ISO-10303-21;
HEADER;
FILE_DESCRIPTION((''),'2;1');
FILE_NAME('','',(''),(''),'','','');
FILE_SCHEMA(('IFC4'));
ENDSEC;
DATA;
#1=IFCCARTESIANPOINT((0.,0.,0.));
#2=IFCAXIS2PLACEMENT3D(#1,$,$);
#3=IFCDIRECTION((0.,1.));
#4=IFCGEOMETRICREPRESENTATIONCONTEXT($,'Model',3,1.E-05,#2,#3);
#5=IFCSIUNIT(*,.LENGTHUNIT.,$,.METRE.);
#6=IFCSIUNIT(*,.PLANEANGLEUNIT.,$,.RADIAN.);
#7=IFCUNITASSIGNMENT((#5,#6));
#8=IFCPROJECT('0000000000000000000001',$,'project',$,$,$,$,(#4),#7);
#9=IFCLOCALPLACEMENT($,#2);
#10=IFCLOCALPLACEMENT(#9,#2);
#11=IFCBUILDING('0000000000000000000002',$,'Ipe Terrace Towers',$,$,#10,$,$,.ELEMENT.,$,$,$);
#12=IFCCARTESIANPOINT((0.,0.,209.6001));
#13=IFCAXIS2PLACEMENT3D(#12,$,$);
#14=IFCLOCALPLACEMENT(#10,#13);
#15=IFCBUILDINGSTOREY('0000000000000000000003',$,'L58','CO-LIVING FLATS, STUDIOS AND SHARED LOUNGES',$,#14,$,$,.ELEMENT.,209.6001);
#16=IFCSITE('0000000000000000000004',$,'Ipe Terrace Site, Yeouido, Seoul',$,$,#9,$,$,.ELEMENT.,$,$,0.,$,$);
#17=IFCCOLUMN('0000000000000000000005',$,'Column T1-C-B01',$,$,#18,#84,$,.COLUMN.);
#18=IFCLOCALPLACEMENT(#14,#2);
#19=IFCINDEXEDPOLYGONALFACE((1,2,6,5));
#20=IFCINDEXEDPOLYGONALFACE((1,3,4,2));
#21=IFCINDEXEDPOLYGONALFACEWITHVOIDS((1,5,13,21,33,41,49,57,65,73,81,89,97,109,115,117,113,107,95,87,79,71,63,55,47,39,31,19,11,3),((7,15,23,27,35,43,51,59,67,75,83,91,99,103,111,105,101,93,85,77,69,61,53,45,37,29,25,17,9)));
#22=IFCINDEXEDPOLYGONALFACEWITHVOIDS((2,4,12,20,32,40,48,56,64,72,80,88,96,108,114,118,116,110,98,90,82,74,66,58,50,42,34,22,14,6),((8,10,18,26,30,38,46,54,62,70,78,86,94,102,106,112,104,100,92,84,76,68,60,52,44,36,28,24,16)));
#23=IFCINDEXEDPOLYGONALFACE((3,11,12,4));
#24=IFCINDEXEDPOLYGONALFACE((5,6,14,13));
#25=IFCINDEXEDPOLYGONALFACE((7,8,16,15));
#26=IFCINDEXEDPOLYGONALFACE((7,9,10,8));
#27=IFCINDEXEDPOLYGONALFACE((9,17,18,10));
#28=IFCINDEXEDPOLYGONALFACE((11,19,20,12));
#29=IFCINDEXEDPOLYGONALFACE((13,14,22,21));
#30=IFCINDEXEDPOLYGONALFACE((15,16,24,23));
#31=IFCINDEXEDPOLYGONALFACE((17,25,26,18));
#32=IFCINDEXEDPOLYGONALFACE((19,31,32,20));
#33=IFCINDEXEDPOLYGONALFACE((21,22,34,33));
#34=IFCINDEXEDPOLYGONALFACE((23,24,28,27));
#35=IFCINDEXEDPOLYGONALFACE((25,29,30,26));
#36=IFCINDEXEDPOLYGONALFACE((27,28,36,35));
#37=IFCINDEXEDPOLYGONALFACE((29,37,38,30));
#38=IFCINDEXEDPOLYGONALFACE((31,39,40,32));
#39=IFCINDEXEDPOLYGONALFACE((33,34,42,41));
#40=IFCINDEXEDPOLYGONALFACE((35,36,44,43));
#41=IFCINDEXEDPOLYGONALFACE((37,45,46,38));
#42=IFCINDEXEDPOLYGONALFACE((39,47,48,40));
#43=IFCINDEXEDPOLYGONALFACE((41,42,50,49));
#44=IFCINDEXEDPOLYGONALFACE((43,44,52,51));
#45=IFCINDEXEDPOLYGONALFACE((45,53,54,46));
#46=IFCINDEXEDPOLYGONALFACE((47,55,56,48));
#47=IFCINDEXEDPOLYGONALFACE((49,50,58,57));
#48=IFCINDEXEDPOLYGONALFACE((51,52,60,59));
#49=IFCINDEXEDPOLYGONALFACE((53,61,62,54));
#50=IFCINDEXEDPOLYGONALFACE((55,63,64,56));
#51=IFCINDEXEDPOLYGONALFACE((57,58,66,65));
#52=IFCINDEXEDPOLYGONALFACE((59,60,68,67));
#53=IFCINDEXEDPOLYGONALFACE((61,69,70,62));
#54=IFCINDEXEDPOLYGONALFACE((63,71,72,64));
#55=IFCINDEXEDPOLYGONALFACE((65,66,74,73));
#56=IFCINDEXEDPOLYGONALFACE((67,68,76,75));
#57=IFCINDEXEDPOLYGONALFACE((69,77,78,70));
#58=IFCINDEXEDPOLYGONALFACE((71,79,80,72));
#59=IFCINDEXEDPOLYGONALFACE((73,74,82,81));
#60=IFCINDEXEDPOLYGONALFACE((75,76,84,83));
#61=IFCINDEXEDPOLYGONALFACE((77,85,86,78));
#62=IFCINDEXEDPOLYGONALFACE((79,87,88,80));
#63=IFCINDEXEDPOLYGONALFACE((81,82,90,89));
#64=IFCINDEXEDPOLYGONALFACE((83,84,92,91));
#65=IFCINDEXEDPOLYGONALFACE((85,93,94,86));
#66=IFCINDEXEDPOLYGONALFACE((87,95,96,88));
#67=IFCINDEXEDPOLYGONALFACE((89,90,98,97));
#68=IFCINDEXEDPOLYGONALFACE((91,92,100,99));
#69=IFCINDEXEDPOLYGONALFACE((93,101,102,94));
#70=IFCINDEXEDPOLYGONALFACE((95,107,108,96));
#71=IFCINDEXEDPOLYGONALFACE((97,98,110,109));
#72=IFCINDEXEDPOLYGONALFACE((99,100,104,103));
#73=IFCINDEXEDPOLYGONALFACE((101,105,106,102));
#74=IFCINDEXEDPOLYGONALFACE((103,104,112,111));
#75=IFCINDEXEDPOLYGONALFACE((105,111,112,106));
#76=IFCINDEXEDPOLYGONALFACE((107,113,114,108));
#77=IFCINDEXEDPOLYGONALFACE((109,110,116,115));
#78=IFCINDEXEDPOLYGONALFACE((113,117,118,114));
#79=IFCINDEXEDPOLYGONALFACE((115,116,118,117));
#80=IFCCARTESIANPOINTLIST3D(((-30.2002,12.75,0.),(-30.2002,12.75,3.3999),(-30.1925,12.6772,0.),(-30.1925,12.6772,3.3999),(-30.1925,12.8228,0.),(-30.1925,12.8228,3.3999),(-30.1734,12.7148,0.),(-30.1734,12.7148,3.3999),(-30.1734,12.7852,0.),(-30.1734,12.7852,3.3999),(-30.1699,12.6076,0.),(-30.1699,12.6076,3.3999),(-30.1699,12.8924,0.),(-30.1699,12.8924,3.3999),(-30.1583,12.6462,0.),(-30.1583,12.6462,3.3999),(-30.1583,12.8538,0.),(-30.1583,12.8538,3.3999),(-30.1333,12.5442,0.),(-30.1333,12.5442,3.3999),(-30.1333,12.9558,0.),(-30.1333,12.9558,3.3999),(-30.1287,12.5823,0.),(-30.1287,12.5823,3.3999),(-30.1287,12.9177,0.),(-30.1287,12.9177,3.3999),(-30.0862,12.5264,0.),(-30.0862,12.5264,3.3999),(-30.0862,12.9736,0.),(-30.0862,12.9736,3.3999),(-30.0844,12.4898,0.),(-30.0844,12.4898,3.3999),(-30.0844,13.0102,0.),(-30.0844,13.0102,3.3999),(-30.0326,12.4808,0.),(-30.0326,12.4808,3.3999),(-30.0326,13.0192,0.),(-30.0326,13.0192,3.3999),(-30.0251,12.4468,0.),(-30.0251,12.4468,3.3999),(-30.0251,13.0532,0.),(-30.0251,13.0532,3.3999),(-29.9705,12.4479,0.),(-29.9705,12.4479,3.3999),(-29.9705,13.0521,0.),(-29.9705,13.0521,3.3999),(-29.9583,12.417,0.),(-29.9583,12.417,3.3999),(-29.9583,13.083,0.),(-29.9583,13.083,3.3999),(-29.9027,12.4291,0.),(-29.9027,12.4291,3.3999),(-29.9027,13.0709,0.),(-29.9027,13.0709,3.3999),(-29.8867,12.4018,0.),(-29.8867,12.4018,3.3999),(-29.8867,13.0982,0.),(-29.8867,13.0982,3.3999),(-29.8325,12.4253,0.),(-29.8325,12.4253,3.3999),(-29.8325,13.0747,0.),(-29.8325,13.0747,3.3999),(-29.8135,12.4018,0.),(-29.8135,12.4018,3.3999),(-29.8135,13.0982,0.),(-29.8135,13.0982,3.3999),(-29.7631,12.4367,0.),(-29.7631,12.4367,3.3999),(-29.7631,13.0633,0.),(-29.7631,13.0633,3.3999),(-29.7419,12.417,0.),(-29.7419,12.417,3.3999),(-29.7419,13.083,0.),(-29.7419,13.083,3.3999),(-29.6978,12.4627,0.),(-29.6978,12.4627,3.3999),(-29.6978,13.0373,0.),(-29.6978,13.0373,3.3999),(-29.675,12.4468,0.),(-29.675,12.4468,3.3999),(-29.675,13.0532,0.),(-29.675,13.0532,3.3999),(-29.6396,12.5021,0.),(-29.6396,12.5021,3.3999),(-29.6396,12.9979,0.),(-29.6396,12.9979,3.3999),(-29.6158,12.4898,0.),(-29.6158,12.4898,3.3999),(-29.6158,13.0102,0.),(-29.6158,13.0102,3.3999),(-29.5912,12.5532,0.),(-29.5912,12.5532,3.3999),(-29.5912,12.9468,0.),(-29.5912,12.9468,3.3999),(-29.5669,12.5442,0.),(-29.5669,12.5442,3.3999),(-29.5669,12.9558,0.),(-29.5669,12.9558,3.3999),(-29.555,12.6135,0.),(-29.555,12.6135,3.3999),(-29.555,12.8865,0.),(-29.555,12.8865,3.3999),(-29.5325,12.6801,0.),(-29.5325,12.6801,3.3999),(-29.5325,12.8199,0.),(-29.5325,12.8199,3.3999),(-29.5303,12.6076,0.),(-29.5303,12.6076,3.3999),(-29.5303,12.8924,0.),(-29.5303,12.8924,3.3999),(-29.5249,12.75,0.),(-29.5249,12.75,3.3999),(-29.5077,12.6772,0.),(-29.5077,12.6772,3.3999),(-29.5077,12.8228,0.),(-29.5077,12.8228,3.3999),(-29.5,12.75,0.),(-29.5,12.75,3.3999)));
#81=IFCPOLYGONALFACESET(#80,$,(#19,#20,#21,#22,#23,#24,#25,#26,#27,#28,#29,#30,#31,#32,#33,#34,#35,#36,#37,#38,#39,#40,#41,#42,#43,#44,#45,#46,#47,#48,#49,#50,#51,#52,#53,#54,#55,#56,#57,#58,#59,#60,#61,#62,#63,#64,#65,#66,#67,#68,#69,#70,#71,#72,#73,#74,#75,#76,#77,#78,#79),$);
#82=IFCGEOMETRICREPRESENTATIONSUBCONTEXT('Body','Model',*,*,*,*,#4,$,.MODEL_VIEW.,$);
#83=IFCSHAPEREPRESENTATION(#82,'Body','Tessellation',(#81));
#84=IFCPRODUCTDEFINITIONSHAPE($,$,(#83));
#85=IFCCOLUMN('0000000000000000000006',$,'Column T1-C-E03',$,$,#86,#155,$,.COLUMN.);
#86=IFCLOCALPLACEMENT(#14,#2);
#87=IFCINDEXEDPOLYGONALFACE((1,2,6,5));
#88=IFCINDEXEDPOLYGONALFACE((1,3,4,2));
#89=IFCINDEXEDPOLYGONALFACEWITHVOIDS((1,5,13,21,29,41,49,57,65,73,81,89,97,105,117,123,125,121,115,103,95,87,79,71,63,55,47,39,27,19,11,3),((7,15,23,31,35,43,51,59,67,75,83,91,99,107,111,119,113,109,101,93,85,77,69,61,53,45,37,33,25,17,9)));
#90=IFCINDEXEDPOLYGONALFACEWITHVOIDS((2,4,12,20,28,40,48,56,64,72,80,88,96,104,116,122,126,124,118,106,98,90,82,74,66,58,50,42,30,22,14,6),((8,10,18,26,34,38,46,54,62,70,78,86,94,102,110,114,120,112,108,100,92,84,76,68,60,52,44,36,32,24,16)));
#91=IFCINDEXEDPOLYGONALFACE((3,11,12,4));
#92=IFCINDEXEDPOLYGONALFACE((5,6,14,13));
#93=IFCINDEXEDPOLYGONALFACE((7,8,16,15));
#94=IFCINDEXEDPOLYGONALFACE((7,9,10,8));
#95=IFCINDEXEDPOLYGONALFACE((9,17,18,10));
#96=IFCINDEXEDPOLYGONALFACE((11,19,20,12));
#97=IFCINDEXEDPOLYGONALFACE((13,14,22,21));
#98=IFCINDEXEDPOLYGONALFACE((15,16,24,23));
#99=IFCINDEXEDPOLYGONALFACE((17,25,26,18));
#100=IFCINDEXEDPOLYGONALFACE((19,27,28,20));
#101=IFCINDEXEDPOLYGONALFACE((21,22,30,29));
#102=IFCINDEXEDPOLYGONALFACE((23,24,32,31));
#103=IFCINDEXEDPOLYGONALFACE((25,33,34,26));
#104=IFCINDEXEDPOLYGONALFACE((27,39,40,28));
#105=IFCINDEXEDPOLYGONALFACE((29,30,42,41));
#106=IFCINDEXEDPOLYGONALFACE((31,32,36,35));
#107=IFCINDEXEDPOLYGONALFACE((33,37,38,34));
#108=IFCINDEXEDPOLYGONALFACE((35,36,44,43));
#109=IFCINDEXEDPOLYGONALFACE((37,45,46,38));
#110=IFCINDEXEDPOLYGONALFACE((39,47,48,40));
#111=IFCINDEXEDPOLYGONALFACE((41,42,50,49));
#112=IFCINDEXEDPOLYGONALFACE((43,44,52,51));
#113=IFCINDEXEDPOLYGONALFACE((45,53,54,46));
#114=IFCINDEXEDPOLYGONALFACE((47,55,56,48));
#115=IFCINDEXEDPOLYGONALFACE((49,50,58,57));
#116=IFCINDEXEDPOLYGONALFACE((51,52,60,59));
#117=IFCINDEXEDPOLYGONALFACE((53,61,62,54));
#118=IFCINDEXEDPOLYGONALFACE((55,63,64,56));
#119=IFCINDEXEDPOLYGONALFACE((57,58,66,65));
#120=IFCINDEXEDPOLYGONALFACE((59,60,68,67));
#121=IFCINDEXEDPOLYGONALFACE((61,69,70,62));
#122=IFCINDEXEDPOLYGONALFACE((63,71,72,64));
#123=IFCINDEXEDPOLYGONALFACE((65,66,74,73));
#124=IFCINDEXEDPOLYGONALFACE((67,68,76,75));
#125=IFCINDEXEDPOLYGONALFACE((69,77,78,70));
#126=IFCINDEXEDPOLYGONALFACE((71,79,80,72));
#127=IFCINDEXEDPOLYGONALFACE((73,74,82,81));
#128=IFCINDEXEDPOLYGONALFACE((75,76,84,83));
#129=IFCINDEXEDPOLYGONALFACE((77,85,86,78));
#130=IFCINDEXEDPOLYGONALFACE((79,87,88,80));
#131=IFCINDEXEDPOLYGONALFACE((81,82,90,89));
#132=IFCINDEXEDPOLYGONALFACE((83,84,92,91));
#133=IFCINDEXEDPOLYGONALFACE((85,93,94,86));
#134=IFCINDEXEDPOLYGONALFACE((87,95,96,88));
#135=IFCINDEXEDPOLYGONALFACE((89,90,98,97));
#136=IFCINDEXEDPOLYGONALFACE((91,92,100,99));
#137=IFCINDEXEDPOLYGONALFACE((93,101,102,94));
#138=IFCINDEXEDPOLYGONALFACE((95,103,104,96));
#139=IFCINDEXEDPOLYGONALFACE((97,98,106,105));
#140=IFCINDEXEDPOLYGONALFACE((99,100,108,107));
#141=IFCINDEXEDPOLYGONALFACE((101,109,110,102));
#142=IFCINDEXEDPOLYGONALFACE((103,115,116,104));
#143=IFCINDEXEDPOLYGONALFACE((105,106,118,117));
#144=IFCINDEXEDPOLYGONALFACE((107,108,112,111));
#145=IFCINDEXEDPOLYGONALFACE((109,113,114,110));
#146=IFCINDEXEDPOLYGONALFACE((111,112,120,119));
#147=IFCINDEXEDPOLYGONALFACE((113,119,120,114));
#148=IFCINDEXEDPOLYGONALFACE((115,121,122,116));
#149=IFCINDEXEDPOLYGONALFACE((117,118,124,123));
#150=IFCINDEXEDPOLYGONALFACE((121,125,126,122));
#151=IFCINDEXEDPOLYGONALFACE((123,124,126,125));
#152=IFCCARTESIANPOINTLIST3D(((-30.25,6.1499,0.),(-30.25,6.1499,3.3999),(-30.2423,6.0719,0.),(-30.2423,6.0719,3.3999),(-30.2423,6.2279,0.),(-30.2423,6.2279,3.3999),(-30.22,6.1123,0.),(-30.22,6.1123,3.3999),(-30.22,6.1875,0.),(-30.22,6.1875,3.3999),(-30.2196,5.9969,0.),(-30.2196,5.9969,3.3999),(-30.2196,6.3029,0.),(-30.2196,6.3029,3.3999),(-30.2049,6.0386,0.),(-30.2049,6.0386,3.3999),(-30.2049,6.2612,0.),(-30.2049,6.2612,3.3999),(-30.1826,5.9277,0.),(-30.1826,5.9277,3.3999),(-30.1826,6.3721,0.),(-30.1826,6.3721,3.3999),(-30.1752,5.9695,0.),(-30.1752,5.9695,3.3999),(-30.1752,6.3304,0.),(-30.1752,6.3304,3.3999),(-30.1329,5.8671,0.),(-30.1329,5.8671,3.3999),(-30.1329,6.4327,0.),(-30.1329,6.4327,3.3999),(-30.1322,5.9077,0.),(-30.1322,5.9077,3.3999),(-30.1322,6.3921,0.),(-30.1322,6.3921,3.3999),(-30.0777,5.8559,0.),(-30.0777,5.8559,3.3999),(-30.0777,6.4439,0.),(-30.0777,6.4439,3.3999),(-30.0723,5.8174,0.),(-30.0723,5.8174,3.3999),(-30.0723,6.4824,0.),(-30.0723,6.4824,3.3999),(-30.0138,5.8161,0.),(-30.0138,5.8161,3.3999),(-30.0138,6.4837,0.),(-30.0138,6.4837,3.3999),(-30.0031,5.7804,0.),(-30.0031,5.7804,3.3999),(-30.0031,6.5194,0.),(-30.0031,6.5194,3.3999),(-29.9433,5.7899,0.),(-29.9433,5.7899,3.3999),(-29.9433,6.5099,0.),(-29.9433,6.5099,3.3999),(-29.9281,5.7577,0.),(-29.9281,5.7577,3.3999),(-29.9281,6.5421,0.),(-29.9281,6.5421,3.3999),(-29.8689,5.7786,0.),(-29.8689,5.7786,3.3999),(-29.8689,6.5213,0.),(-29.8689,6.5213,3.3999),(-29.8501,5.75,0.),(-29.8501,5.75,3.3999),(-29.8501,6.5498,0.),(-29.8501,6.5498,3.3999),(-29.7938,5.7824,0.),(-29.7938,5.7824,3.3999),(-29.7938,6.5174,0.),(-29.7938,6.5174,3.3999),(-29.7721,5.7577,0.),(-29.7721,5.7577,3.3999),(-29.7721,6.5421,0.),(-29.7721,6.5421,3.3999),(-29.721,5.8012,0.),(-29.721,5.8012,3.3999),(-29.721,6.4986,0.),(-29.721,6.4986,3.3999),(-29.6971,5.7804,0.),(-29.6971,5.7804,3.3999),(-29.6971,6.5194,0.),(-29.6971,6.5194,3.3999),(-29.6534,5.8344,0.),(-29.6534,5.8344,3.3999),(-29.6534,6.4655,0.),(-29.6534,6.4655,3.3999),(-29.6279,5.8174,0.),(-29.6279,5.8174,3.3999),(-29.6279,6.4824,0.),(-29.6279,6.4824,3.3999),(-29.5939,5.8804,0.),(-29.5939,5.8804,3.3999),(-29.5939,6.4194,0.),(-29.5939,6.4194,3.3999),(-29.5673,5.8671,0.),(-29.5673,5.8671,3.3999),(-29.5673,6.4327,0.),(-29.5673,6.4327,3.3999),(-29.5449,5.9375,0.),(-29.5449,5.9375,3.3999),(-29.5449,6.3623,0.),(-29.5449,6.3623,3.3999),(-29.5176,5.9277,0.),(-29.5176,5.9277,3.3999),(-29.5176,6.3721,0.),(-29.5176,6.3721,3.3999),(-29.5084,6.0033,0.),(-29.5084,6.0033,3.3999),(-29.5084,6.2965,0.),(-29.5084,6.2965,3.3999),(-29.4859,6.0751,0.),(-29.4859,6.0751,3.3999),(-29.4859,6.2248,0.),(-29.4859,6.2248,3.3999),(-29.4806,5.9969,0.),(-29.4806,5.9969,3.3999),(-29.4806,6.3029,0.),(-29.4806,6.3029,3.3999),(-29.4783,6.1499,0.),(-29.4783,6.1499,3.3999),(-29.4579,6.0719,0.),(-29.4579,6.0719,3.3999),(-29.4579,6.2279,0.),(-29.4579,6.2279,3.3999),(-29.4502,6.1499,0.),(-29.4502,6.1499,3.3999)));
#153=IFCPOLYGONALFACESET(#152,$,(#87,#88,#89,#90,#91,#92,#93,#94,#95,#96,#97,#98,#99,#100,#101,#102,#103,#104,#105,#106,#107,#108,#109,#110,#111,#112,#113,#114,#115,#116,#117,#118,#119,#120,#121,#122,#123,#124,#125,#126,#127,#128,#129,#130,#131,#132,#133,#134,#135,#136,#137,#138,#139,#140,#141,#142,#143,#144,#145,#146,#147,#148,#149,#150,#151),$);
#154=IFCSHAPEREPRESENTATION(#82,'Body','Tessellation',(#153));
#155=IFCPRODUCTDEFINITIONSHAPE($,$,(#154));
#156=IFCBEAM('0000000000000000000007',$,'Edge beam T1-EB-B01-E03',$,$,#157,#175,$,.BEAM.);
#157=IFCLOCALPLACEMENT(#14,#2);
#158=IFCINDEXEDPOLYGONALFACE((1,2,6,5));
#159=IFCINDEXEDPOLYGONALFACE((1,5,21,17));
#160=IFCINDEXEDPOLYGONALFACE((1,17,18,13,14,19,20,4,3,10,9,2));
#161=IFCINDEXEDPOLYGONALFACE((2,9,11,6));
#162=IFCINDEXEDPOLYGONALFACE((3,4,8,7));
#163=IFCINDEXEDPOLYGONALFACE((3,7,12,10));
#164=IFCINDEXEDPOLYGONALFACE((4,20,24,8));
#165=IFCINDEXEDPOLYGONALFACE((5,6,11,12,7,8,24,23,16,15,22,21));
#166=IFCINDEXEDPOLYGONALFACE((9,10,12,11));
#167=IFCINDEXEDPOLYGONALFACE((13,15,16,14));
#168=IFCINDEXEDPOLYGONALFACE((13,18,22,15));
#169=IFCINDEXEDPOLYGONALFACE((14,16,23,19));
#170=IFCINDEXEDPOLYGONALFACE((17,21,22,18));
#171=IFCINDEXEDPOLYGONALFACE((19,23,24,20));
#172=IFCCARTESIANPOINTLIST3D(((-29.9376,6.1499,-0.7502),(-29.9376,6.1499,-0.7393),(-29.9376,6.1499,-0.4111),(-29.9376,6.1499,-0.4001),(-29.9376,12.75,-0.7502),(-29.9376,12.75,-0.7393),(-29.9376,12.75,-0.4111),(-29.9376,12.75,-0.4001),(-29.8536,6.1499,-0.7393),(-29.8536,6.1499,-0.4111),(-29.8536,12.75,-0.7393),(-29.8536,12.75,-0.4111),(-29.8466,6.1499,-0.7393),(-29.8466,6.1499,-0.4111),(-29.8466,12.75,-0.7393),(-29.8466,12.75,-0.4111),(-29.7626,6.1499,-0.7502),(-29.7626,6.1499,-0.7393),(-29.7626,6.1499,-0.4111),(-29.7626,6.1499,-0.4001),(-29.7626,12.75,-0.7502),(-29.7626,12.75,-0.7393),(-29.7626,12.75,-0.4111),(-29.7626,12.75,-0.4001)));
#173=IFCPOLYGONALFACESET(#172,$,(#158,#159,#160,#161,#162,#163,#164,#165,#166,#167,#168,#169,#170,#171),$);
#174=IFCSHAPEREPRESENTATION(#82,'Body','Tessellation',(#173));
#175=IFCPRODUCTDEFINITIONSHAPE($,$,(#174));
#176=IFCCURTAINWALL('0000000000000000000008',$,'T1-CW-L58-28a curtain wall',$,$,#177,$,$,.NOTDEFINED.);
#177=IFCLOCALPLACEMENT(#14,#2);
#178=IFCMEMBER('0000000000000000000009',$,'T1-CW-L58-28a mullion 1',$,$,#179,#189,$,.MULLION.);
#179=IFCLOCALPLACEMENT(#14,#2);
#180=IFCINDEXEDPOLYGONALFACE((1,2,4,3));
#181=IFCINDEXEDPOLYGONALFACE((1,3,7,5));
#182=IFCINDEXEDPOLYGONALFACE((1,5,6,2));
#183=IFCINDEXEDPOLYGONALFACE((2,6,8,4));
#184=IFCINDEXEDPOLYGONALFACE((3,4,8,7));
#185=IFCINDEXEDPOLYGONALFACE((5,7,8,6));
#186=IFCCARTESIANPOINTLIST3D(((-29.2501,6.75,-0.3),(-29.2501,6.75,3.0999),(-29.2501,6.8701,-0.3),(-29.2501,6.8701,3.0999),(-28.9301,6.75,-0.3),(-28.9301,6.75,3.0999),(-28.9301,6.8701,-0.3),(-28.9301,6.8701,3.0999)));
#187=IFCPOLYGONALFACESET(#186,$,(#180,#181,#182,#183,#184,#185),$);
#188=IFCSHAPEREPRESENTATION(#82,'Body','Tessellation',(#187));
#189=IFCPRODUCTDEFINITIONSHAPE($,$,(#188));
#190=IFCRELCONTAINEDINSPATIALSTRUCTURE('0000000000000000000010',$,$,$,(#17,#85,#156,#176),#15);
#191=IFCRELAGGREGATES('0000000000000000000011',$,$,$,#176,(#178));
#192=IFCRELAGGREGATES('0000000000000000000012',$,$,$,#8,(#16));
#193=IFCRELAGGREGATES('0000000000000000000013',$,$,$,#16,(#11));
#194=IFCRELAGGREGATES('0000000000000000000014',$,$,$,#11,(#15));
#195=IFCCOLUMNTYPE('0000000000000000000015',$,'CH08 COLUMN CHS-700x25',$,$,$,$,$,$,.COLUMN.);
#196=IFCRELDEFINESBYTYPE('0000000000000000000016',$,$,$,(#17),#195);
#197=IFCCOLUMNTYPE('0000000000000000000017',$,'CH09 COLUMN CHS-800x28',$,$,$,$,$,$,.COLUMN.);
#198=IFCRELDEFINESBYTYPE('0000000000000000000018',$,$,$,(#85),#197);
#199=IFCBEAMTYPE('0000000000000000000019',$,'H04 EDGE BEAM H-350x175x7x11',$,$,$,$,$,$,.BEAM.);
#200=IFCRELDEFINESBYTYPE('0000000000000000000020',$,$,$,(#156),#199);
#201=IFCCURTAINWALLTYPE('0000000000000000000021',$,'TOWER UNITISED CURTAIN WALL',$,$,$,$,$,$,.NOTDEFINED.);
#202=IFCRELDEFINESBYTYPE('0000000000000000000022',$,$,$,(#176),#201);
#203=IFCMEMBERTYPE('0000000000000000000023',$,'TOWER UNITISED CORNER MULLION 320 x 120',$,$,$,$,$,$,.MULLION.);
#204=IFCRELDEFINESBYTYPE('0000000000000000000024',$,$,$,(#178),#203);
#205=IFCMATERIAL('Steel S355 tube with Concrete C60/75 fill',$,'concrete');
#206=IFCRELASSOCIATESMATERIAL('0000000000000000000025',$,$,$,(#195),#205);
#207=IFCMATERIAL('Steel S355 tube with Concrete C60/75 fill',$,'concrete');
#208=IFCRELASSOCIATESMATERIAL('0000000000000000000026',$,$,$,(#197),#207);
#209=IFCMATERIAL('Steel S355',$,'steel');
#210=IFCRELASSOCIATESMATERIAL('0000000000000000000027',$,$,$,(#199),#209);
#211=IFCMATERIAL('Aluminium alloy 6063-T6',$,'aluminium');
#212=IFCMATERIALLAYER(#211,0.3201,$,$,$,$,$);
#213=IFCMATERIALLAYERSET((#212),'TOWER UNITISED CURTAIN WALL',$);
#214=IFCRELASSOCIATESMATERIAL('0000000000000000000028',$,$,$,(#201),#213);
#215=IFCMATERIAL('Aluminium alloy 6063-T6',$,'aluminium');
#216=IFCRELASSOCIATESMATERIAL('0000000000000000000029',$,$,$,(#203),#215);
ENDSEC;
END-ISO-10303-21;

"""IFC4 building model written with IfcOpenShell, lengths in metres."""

from ifc_helpers import new_model, si_unit, direction, frame, origin, origin_2d, place, context, subcontext, project, spatial, rectangle, hollow_circle, i_section, extrude, material, layer, layer_set, material_profile, profile_set, type_object, element, aggregate, save


model = new_model("IFC4")

# Units and contexts
model_context = context("Model", 3, precision=1e-05, world=origin(), true_north=direction((0.0, 1.0)))
body_context = subcontext(model_context, "Body", "Model", "MODEL_VIEW")
ifc_project = project(units=[si_unit("LENGTHUNIT", "METRE"), si_unit("PLANEANGLEUNIT", "RADIAN")], contexts=[model_context])

# Site, building, storey
site_placement = place(None, origin())
site = spatial("IfcSite", under=ifc_project, at=site_placement, Name="Ipe Terrace Site, Yeouido, Seoul", CompositionType="ELEMENT", RefElevation=0.0)
building_placement = place(site_placement, origin())
building = spatial("IfcBuilding", under=site, at=building_placement, Name="Ipe Terrace Towers", CompositionType="ELEMENT")
storey_placement = place(building_placement, frame((0.0, 0.0, 209.6001)))
storey = spatial("IfcBuildingStorey", under=building, at=storey_placement, Name="L58", Description="CO-LIVING FLATS, STUDIOS AND SHARED LOUNGES", CompositionType="ELEMENT", Elevation=209.6001)

# Columns
ifc_material_1 = material(Name="Steel S355 tube with Concrete C60/75 fill", Category="concrete")
ifc_material_profile_1 = material_profile(ifc_material_1, hollow_circle(Radius=0.3501, WallThickness=0.0249, at=origin_2d()), Name="CHS-700x25")
ifc_profile_set_1 = profile_set([ifc_material_profile_1], Name="Steel S355 tube with Concrete C60/75 fill")
column_type_1 = type_object("IfcColumnType", Name="CH08 COLUMN CHS-700x25", PredefinedType="COLUMN", material=ifc_profile_set_1)
column_1_placement = place(storey_placement, frame((-29.8501, 12.75, 0.0), z_axis=(0.0, 0.0, 1.0), x_axis=(1.0, 0.0, 0.0)))
element("IfcColumn", 1, at=column_1_placement, inside=storey, type_object=column_type_1, Name="Column T1-C-B01", PredefinedType="COLUMN", context=body_context, shape_type="SweptSolid", body=[
    extrude(hollow_circle(Radius=0.3501, WallThickness=0.0249, at=origin_2d()), origin(), (0.0, 0.0, 1.0), 3.3999),
])
ifc_material_2 = material(Name="Steel S355 tube with Concrete C60/75 fill", Category="concrete")
ifc_material_profile_2 = material_profile(ifc_material_2, hollow_circle(Radius=0.3999, WallThickness=0.0281, at=origin_2d()), Name="CHS-800x28")
ifc_profile_set_2 = profile_set([ifc_material_profile_2], Name="Steel S355 tube with Concrete C60/75 fill")
column_type_2 = type_object("IfcColumnType", Name="CH09 COLUMN CHS-800x28", PredefinedType="COLUMN", material=ifc_profile_set_2)
column_2_placement = place(storey_placement, frame((-29.8501, 6.1499, 0.0), z_axis=(0.0, 0.0, 1.0), x_axis=(1.0, 0.0, 0.0)))
element("IfcColumn", 2, at=column_2_placement, inside=storey, type_object=column_type_2, Name="Column T1-C-E03", PredefinedType="COLUMN", context=body_context, shape_type="SweptSolid", body=[
    extrude(hollow_circle(Radius=0.3999, WallThickness=0.0281, at=origin_2d()), origin(), (0.0, 0.0, 1.0), 3.3999),
])

# Beam
ifc_material_3 = material(Name="Steel S355", Category="steel")
ifc_material_profile_3 = material_profile(ifc_material_3, i_section(OverallWidth=0.175, OverallDepth=0.3501, WebThickness=0.0071, FlangeThickness=0.011, at=origin_2d()), Name="H-350x175x7x11")
ifc_profile_set_3 = profile_set([ifc_material_profile_3], Name="Steel S355")
beam_type = type_object("IfcBeamType", Name="H04 EDGE BEAM H-350x175x7x11", PredefinedType="BEAM", material=ifc_profile_set_3)
beam_placement = place(storey_placement, frame((-29.8501, 12.75, -0.5752), z_axis=(0.0, -1.0, 0.0), x_axis=(1.0, 0.0, 0.0)))
element("IfcBeam", 3, at=beam_placement, inside=storey, type_object=beam_type, Name="Edge beam T1-EB-B01-E03", PredefinedType="BEAM", context=body_context, shape_type="SweptSolid", body=[
    extrude(i_section(OverallWidth=0.175, OverallDepth=0.3501, WebThickness=0.0071, FlangeThickness=0.011, at=origin_2d()), origin(), (0.0, 0.0, 1.0), 6.6001),
])

# Curtain wall, member
ifc_material_4 = material(Name="Aluminium alloy 6063-T6", Category="aluminium")
ifc_layer_1 = layer(ifc_material_4, 0.3201)
ifc_layer_set_1 = layer_set([ifc_layer_1], Name="TOWER UNITISED CURTAIN WALL")
curtain_wall_type = type_object("IfcCurtainWallType", Name="TOWER UNITISED CURTAIN WALL", PredefinedType="NOTDEFINED", material=ifc_layer_set_1)
curtain_wall_placement = place(storey_placement, origin())
curtain_wall = element("IfcCurtainWall", 4, at=curtain_wall_placement, inside=storey, type_object=curtain_wall_type, Name="T1-CW-L58-28a curtain wall", PredefinedType="NOTDEFINED")
ifc_material_5 = material(Name="Aluminium alloy 6063-T6", Category="aluminium")
ifc_material_profile_4 = material_profile(ifc_material_5, rectangle(XDim=0.3201, YDim=0.1201, at=origin_2d()), Name="TOWER UNITISED CORNER MULLION 320 x 120")
ifc_profile_set_4 = profile_set([ifc_material_profile_4], Name="Aluminium alloy 6063-T6")
member_type = type_object("IfcMemberType", Name="TOWER UNITISED CORNER MULLION 320 x 120", PredefinedType="MULLION", material=ifc_profile_set_4)
member_1_placement = place(storey_placement, frame((-29.0901, 6.8101, -0.3), z_axis=(0.0, 0.0, 1.0), x_axis=(1.0, 0.0, 0.0)))
member_1 = element("IfcMember", 5, at=member_1_placement, type_object=member_type, Name="T1-CW-L58-28a mullion 1", PredefinedType="MULLION", context=body_context, shape_type="SweptSolid", body=[
    extrude(rectangle(XDim=0.3201, YDim=0.1201, at=origin_2d()), origin(), (0.0, 0.0, 1.0), 3.3999),
])
aggregate(curtain_wall, [member_1])

save(model, "model.ifc")
